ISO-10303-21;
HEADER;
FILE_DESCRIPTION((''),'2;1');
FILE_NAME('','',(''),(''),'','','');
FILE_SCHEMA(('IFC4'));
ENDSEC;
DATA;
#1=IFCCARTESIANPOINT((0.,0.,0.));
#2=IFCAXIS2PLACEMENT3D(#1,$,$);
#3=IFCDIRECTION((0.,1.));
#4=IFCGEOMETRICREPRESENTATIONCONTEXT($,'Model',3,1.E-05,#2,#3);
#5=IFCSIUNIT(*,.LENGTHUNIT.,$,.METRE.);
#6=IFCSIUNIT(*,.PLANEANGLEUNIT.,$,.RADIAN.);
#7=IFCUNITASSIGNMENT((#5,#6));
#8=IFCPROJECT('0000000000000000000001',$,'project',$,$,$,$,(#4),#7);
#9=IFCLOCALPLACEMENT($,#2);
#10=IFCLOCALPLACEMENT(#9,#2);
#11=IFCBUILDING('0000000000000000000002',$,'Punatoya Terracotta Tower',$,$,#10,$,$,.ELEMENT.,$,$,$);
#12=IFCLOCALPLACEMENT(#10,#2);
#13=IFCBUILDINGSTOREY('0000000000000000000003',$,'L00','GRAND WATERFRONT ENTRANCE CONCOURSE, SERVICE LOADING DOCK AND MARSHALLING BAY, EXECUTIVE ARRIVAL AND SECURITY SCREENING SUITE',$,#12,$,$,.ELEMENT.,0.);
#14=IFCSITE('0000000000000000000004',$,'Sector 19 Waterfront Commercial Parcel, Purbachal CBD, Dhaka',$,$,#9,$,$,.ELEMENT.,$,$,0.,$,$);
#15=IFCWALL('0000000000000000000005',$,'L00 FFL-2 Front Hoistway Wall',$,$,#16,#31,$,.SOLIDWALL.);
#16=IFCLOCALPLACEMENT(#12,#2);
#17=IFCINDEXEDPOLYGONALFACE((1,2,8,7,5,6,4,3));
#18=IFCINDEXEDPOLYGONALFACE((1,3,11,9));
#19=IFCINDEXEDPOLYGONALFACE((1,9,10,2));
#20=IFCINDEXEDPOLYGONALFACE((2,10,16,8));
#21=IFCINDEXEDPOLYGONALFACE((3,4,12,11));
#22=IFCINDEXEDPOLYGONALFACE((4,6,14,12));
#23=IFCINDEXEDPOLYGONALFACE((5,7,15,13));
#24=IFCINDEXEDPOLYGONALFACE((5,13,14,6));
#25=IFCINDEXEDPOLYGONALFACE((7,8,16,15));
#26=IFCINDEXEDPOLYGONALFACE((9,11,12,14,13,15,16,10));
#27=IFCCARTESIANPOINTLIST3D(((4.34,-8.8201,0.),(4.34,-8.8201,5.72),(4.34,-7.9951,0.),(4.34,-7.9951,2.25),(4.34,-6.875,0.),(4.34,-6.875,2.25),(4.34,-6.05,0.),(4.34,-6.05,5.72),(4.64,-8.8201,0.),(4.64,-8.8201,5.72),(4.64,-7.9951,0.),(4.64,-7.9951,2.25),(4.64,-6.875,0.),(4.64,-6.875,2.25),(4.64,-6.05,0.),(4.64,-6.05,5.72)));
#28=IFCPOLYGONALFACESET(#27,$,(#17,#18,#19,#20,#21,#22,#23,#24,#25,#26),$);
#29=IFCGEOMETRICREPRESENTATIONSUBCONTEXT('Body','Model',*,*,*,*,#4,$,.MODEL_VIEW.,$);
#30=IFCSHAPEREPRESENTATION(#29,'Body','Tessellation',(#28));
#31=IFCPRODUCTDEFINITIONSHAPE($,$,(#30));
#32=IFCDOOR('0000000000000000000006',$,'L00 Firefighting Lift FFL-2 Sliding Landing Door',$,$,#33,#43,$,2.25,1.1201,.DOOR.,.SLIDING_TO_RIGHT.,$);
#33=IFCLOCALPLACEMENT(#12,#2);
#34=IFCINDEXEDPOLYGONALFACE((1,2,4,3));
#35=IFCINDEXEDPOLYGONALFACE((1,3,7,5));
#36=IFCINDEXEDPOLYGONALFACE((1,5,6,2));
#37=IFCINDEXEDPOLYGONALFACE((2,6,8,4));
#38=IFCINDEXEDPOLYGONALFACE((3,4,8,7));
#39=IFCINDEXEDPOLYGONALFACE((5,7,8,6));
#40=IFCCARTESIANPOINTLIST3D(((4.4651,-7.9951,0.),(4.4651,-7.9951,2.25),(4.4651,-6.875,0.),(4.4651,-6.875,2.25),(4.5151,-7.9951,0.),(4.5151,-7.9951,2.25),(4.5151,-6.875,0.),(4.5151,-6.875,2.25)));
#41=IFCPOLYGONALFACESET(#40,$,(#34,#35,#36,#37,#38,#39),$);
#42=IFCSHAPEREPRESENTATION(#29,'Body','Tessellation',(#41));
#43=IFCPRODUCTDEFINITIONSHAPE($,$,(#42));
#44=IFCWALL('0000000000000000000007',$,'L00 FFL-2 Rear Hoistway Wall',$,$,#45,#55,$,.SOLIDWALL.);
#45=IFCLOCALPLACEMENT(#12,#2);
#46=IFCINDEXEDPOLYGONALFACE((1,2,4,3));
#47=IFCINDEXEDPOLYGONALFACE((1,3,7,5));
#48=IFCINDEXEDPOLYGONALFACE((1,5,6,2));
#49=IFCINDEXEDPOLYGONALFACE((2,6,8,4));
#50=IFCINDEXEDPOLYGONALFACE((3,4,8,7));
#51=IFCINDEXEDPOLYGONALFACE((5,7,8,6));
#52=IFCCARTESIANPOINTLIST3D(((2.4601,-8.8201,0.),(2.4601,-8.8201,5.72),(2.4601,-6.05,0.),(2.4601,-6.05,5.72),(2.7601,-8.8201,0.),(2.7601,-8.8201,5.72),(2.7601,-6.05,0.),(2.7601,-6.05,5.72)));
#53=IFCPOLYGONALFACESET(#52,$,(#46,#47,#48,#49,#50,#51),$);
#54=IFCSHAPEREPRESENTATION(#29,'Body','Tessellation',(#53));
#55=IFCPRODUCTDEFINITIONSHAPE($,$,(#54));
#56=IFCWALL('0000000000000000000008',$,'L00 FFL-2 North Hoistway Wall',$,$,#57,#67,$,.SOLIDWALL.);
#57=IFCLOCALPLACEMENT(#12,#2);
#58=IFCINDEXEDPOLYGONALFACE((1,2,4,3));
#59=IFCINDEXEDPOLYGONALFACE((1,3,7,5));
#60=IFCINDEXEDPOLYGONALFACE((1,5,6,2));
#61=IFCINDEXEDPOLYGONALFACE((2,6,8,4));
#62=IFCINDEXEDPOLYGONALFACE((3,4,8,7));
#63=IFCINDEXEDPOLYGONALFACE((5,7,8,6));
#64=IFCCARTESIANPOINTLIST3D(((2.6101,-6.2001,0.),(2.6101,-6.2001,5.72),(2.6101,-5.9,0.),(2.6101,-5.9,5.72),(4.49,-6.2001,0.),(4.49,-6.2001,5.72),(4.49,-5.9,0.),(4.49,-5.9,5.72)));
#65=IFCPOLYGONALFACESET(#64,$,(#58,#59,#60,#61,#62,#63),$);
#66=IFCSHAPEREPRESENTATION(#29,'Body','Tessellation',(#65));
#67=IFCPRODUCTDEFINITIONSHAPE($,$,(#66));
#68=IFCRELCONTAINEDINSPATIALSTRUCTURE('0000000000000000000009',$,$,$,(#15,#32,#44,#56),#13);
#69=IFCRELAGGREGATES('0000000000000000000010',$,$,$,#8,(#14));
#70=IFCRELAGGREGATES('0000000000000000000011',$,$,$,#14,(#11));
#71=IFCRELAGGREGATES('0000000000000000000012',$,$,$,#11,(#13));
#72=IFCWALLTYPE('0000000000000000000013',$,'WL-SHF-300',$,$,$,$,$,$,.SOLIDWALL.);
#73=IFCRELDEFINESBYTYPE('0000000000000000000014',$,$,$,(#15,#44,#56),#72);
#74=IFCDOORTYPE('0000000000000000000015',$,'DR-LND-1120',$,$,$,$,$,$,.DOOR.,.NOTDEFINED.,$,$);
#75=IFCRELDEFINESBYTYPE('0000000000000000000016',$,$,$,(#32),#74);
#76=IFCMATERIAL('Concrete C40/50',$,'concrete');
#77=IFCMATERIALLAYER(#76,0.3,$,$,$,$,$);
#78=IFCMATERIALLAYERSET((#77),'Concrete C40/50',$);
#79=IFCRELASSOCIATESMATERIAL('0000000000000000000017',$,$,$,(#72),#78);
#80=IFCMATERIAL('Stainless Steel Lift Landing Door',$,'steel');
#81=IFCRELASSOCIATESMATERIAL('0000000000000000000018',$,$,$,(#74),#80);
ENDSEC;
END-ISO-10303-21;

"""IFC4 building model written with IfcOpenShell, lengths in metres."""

from ifc_helpers import new_model, si_unit, direction, frame, frame_2d, origin, place, context, subcontext, project, spatial, rectangle, extrude, material, layer, layer_set, type_object, element, fill, save


model = new_model("IFC4")

# Units and contexts
model_context = context("Model", 3, precision=1e-05, world=origin(), true_north=direction((0.0, 1.0)))
body_context = subcontext(model_context, "Body", "Model", "MODEL_VIEW")
ifc_project = project(units=[si_unit("LENGTHUNIT", "METRE"), si_unit("PLANEANGLEUNIT", "RADIAN")], contexts=[model_context])

# Site, building, storey
site_placement = place(None, origin())
site = spatial("IfcSite", under=ifc_project, at=site_placement, Name="Sector 19 Waterfront Commercial Parcel, Purbachal CBD, Dhaka", CompositionType="ELEMENT", RefElevation=0.0)
building_placement = place(site_placement, origin())
building = spatial("IfcBuilding", under=site, at=building_placement, Name="Punatoya Terracotta Tower", CompositionType="ELEMENT")
storey_placement = place(building_placement, origin())
storey = spatial("IfcBuildingStorey", under=building, at=storey_placement, Name="L00", Description="GRAND WATERFRONT ENTRANCE CONCOURSE, SERVICE LOADING DOCK AND MARSHALLING BAY, EXECUTIVE ARRIVAL AND SECURITY SCREENING SUITE", CompositionType="ELEMENT", Elevation=0.0)

# Shared definitions
ifc_material_1 = material(Name="Stainless Steel Lift Landing Door", Category="steel")

# Shared definitions
ifc_material_2 = material(Name="Concrete C40/50", Category="concrete")

# Wall, opening, door
ifc_layer_1 = layer(ifc_material_2, 0.3)
ifc_layer_set_1 = layer_set([ifc_layer_1], Name="Concrete C40/50")
wall_type_1 = type_object("IfcWallType", Name="WL-SHF-300", PredefinedType="SOLIDWALL", material=ifc_layer_set_1)
wall_1_placement = place(storey_placement, frame((4.49, -8.8201, 0.0), z_axis=(0.0, 0.0, 1.0), x_axis=(0.0, 1.0, 0.0)))
wall_1 = element("IfcWall", 1, at=wall_1_placement, inside=storey, type_object=wall_type_1, Name="L00 FFL-2 Front Hoistway Wall", PredefinedType="SOLIDWALL", context=body_context, shape_type="SweptSolid", body=[
    extrude(rectangle(XDim=2.77, YDim=0.3, at=frame_2d((1.385, 0.0))), origin(), (0.0, 0.0, 1.0), 5.72),
])
opening_1_placement = place(wall_1_placement, frame((0.825, 0.0, 0.0)))
opening_1 = element("IfcOpeningElement", 2, at=opening_1_placement, cuts=wall_1, PredefinedType="OPENING", context=body_context, shape_type="SweptSolid", body=[
    extrude(rectangle(XDim=1.1201, YDim=2.25, at=frame_2d((0.5601, 1.125))), frame((0.0, 0.1599, 0.0), z_axis=(0.0, -1.0, 0.0), x_axis=(1.0, 0.0, 0.0)), (0.0, 0.0, 1.0), 0.3201),
])
door_type_1 = type_object("IfcDoorType", Name="DR-LND-1120", OperationType="NOTDEFINED", PredefinedType="DOOR", material=ifc_material_1)
door_1_placement = place(opening_1_placement, origin())
door_1 = element("IfcDoor", 3, at=door_1_placement, inside=storey, type_object=door_type_1, Name="L00 Firefighting Lift FFL-2 Sliding Landing Door", OperationType="SLIDING_TO_RIGHT", OverallHeight=2.25, OverallWidth=1.1201, PredefinedType="DOOR", context=body_context, shape_type="SweptSolid", body=[
    extrude(rectangle(XDim=1.1201, YDim=2.25, at=frame_2d((0.5601, 1.125))), frame((0.0, 0.0249, 0.0), z_axis=(0.0, -1.0, 0.0), x_axis=(1.0, 0.0, 0.0)), (0.0, 0.0, 1.0), 0.05),
])
fill(opening_1, door_1)

# Walls
wall_2_placement = place(storey_placement, frame((2.6101, -8.8201, 0.0), z_axis=(0.0, 0.0, 1.0), x_axis=(0.0, 1.0, 0.0)))
element("IfcWall", 4, at=wall_2_placement, inside=storey, type_object=wall_type_1, Name="L00 FFL-2 Rear Hoistway Wall", PredefinedType="SOLIDWALL", context=body_context, shape_type="SweptSolid", body=[
    extrude(rectangle(XDim=2.77, YDim=0.3, at=frame_2d((1.385, 0.0))), origin(), (0.0, 0.0, 1.0), 5.72),
])
wall_3_placement = place(storey_placement, frame((2.6101, -6.05, 0.0), z_axis=(0.0, 0.0, 1.0), x_axis=(1.0, 0.0, 0.0)))
element("IfcWall", 5, at=wall_3_placement, inside=storey, type_object=wall_type_1, Name="L00 FFL-2 North Hoistway Wall", PredefinedType="SOLIDWALL", context=body_context, shape_type="SweptSolid", body=[
    extrude(rectangle(XDim=1.8799, YDim=0.3, at=frame_2d((0.9399, 0.0))), origin(), (0.0, 0.0, 1.0), 5.72),
])

save(model, "model.ifc")
